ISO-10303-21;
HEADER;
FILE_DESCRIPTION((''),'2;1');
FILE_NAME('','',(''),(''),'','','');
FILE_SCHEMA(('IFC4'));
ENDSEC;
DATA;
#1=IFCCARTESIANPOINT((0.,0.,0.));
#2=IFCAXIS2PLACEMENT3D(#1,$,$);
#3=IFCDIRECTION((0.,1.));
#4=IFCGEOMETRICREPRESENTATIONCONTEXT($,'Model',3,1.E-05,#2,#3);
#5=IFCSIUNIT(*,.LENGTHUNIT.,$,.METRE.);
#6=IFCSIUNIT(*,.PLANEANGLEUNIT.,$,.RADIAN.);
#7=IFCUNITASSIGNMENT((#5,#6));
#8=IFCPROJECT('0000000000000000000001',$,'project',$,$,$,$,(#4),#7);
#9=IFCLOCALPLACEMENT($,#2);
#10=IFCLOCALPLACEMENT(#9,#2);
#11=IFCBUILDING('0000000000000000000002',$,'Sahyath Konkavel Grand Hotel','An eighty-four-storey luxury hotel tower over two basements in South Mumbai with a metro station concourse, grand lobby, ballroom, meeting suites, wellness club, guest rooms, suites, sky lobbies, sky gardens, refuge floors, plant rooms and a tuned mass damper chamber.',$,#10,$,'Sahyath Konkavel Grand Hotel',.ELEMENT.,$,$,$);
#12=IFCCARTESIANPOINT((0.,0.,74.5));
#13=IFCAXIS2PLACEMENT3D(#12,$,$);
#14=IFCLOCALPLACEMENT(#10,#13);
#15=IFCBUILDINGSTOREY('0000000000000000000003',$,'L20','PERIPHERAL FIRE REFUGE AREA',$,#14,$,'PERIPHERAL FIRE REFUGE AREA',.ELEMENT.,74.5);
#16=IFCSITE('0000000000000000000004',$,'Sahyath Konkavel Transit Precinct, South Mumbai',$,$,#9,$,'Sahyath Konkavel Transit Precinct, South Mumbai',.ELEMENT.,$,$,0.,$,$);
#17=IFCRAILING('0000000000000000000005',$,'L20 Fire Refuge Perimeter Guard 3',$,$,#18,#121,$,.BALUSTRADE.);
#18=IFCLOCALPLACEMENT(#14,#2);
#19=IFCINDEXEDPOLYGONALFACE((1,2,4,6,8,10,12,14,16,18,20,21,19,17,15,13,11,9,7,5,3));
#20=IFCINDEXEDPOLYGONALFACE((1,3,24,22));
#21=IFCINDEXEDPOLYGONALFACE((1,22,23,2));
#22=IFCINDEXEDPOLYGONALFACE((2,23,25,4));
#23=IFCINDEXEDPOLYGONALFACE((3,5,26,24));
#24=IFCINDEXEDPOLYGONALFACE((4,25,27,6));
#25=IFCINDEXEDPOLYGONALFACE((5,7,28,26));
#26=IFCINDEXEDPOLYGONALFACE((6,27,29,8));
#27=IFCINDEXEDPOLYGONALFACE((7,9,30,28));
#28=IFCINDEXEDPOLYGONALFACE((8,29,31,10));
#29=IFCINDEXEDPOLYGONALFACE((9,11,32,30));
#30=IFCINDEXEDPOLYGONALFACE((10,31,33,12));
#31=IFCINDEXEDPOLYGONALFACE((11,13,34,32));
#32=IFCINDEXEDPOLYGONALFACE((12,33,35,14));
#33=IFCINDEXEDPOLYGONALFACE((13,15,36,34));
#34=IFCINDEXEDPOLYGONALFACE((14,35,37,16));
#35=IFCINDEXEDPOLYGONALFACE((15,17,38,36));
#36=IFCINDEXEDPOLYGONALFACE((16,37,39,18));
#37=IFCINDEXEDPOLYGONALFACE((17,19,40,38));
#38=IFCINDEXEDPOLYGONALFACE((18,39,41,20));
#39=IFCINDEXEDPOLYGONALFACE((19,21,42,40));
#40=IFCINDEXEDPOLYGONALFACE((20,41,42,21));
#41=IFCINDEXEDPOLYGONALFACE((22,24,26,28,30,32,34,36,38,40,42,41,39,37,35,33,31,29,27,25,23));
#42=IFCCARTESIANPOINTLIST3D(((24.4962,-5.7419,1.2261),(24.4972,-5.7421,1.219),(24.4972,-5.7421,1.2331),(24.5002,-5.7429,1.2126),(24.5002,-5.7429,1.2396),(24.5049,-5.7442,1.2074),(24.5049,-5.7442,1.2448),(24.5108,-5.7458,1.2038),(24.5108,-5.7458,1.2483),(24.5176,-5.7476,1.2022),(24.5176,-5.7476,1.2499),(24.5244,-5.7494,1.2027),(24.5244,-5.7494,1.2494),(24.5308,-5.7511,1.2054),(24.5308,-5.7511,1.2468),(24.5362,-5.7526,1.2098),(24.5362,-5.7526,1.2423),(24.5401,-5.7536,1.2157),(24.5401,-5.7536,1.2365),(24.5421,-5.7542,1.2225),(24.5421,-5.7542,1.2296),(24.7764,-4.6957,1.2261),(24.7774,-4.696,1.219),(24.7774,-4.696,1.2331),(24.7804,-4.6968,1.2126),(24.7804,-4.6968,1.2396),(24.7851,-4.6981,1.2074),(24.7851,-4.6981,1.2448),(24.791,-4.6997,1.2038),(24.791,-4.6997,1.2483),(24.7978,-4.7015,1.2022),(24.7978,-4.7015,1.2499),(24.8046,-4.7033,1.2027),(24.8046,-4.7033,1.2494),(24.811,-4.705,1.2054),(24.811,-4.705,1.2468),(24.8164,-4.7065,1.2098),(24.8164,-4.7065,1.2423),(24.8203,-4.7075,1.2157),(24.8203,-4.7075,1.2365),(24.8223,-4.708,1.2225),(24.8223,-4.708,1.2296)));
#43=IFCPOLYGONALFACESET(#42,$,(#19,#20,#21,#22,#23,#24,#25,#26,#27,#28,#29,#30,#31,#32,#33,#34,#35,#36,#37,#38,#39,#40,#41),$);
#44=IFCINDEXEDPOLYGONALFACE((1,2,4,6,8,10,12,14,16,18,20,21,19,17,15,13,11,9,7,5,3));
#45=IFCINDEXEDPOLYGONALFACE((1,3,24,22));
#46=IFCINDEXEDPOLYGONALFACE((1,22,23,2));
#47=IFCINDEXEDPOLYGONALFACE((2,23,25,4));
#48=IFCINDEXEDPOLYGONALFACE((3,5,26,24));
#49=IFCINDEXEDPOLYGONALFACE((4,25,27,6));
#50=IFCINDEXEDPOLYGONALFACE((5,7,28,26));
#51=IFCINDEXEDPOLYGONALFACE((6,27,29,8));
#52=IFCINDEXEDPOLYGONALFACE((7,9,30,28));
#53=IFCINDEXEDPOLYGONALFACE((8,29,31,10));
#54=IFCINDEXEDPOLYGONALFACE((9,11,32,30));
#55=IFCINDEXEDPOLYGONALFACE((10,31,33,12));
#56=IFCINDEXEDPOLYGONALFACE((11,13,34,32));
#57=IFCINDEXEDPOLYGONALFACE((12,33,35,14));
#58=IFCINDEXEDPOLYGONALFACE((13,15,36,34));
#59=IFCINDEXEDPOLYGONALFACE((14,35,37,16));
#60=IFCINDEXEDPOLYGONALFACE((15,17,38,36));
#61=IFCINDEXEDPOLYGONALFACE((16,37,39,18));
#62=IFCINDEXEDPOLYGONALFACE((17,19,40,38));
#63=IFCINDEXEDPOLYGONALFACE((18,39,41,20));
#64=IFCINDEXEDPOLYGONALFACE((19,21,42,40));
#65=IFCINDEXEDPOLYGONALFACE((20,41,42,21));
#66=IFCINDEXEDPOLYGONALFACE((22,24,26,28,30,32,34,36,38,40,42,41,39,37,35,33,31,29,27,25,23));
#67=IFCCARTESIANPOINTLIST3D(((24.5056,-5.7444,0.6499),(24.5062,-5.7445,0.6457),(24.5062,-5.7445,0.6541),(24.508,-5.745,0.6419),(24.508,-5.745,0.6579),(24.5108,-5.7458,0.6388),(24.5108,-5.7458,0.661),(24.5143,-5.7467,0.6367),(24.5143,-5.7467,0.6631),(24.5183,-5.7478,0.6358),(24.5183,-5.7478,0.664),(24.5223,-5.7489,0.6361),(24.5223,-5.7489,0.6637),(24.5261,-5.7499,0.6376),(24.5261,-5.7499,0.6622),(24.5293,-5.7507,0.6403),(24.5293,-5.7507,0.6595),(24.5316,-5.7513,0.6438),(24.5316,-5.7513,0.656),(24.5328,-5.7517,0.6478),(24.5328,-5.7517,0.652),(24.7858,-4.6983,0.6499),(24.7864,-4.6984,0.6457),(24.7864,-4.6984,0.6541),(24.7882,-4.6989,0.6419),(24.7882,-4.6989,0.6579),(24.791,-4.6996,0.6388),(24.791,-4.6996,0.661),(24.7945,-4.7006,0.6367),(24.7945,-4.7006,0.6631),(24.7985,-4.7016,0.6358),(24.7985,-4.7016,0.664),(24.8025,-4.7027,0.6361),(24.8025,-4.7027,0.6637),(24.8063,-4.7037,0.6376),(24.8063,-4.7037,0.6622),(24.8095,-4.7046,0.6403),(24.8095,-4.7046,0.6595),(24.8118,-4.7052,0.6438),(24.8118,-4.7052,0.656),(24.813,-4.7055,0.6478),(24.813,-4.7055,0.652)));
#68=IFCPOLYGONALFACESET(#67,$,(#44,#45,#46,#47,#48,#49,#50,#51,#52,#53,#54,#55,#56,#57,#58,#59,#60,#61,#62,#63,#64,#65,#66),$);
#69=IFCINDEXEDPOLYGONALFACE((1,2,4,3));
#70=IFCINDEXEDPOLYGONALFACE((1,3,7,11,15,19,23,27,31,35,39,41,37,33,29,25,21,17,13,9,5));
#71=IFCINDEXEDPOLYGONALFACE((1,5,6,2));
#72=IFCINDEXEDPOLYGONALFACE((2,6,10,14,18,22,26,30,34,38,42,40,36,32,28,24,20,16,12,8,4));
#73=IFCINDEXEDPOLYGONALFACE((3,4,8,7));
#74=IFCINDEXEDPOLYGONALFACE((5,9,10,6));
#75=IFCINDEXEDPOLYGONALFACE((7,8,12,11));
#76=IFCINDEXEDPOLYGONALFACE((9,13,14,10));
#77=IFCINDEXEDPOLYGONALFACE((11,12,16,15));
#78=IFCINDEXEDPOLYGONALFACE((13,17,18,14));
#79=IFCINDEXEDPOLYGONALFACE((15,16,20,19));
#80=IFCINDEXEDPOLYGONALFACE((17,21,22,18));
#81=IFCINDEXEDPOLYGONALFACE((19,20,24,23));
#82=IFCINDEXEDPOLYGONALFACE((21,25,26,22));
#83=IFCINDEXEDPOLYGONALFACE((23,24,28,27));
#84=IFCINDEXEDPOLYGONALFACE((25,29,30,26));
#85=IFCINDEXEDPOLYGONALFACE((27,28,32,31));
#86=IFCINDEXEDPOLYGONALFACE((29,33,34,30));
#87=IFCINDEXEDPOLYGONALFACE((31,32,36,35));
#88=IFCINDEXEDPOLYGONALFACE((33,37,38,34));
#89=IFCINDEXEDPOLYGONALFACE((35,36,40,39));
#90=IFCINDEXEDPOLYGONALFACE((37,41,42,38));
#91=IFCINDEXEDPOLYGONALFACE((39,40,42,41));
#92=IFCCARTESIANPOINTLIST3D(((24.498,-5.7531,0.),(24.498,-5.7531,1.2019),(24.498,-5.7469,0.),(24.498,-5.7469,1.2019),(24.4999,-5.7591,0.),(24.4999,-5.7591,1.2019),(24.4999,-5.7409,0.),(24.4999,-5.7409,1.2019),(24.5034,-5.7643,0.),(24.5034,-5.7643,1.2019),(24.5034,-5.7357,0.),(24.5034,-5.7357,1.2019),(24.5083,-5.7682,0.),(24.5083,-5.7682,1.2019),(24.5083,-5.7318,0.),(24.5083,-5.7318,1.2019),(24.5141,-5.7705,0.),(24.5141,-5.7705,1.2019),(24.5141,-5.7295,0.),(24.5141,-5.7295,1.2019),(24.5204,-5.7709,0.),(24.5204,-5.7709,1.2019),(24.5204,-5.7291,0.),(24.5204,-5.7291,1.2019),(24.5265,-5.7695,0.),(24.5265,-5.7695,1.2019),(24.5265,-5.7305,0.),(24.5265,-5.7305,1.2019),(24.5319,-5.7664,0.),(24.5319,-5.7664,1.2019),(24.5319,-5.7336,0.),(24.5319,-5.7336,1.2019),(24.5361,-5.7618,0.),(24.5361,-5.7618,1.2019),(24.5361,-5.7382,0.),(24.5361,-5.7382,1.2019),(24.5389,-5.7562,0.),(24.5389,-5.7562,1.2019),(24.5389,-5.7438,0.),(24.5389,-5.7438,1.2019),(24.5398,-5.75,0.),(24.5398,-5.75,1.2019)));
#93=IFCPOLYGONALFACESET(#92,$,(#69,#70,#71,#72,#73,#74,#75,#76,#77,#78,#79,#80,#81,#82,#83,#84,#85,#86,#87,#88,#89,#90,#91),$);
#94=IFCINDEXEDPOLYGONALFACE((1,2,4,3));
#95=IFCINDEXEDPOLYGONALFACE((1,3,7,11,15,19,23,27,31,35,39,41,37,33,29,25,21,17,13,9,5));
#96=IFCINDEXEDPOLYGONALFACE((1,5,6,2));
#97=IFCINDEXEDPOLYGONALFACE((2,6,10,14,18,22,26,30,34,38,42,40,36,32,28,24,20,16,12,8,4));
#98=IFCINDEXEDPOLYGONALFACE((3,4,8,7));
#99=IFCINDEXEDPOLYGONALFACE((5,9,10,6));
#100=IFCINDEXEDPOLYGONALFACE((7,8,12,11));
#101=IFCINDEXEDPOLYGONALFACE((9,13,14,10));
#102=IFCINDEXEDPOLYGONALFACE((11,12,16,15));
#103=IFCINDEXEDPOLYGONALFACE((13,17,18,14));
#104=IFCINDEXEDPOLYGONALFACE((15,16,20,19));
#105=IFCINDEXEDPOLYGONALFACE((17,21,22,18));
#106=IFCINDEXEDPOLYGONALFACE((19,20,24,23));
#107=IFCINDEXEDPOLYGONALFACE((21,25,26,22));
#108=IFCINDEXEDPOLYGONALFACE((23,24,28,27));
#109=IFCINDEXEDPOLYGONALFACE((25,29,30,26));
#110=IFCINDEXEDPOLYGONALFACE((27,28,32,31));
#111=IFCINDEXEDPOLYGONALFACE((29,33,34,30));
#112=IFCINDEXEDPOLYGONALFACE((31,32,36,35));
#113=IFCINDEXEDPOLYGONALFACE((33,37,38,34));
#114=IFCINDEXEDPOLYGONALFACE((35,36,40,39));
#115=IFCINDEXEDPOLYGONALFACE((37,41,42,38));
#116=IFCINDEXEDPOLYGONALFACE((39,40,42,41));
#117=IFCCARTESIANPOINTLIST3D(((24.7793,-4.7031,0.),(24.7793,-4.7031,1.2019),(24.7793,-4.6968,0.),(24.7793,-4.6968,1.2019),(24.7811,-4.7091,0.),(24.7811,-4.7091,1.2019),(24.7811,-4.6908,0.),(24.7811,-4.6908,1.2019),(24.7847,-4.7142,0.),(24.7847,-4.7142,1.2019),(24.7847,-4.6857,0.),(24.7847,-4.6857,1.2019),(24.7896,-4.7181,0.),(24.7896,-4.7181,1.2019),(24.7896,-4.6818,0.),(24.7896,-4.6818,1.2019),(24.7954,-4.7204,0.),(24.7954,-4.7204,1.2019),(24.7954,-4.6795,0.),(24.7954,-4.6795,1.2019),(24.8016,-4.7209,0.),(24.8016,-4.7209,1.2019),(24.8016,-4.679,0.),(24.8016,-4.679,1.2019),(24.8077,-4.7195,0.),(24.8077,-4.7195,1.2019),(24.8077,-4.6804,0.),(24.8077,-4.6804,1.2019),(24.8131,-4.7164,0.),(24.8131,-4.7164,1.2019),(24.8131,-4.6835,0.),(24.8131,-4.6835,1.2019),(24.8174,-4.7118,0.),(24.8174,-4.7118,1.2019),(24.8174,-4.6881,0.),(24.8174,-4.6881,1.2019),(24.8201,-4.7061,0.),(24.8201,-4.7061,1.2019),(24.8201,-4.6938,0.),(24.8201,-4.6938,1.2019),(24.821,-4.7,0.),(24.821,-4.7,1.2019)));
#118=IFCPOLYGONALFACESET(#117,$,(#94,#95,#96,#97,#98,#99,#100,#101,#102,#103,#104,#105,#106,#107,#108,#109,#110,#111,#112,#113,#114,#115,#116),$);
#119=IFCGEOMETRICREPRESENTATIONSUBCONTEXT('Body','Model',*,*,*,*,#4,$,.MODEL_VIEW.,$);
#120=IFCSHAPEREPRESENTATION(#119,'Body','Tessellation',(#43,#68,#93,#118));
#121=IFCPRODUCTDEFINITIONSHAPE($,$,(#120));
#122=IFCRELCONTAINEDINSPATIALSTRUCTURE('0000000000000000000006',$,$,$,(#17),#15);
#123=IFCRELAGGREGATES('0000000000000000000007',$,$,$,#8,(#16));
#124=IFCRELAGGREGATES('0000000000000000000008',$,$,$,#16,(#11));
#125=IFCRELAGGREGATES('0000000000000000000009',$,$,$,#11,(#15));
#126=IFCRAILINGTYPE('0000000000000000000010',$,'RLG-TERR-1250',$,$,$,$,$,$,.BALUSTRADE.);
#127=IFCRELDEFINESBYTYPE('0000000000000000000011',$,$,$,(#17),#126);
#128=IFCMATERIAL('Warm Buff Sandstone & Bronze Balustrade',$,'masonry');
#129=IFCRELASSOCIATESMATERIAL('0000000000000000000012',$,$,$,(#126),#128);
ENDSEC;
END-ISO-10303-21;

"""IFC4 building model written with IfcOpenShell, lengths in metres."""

from ifc_helpers import new_model, si_unit, direction, frame, origin, origin_2d, place, context, subcontext, project, spatial, circle, extrude, material, type_object, element, save


model = new_model("IFC4")

# Units and contexts
model_context = context("Model", 3, precision=1e-05, world=origin(), true_north=direction((0.0, 1.0)))
body_context = subcontext(model_context, "Body", "Model", "MODEL_VIEW")
ifc_project = project(units=[si_unit("LENGTHUNIT", "METRE"), si_unit("PLANEANGLEUNIT", "RADIAN")], contexts=[model_context])

# Site, building, storey
site_placement = place(None, origin())
site = spatial("IfcSite", under=ifc_project, at=site_placement, Name="Sahyath Konkavel Transit Precinct, South Mumbai", LongName="Sahyath Konkavel Transit Precinct, South Mumbai", CompositionType="ELEMENT", RefElevation=0.0)
building_placement = place(site_placement, origin())
building = spatial("IfcBuilding", under=site, at=building_placement, Name="Sahyath Konkavel Grand Hotel", Description="An eighty-four-storey luxury hotel tower over two basements in South Mumbai with a metro station concourse, grand lobby, ballroom, meeting suites, wellness club, guest rooms, suites, sky lobbies, sky gardens, refuge floors, plant rooms and a tuned mass damper chamber.", LongName="Sahyath Konkavel Grand Hotel", CompositionType="ELEMENT")
storey_placement = place(building_placement, frame((0.0, 0.0, 74.5)))
storey = spatial("IfcBuildingStorey", under=building, at=storey_placement, Name="L20", Description="PERIPHERAL FIRE REFUGE AREA", LongName="PERIPHERAL FIRE REFUGE AREA", CompositionType="ELEMENT", Elevation=74.5)

# Railing
ifc_material_1 = material(Name="Warm Buff Sandstone & Bronze Balustrade", Category="masonry")
railing_type = type_object("IfcRailingType", Name="RLG-TERR-1250", PredefinedType="BALUSTRADE", material=ifc_material_1)
railing_1_placement = place(storey_placement, frame((24.5188, -5.75, 0.0)))
element("IfcRailing", 1, at=railing_1_placement, inside=storey, type_object=railing_type, Name="L20 Fire Refuge Perimeter Guard 3", PredefinedType="BALUSTRADE", context=body_context, shape_type="SweptSolid", body=[
    extrude(circle(Radius=0.0239, at=origin_2d()), frame((0.0005, 0.002, 1.2261), z_axis=(0.258725, 0.965951, 0.0), x_axis=(-0.965951, 0.258725, 0.0)), (0.0, 0.0, 1.0), 1.083),
    extrude(circle(Radius=0.0142, at=origin_2d()), frame((0.0005, 0.002, 0.6499), z_axis=(0.258725, 0.965951, 0.0), x_axis=(-0.965951, 0.258725, 0.0)), (0.0, 0.0, 1.0), 1.083),
    extrude(circle(Radius=0.021, at=origin_2d()), origin(), (0.0, 0.0, 1.0), 1.2019),
    extrude(circle(Radius=0.021, at=origin_2d()), frame((0.2812, 1.05, 0.0)), (0.0, 0.0, 1.0), 1.2019),
])

save(model, "model.ifc")
